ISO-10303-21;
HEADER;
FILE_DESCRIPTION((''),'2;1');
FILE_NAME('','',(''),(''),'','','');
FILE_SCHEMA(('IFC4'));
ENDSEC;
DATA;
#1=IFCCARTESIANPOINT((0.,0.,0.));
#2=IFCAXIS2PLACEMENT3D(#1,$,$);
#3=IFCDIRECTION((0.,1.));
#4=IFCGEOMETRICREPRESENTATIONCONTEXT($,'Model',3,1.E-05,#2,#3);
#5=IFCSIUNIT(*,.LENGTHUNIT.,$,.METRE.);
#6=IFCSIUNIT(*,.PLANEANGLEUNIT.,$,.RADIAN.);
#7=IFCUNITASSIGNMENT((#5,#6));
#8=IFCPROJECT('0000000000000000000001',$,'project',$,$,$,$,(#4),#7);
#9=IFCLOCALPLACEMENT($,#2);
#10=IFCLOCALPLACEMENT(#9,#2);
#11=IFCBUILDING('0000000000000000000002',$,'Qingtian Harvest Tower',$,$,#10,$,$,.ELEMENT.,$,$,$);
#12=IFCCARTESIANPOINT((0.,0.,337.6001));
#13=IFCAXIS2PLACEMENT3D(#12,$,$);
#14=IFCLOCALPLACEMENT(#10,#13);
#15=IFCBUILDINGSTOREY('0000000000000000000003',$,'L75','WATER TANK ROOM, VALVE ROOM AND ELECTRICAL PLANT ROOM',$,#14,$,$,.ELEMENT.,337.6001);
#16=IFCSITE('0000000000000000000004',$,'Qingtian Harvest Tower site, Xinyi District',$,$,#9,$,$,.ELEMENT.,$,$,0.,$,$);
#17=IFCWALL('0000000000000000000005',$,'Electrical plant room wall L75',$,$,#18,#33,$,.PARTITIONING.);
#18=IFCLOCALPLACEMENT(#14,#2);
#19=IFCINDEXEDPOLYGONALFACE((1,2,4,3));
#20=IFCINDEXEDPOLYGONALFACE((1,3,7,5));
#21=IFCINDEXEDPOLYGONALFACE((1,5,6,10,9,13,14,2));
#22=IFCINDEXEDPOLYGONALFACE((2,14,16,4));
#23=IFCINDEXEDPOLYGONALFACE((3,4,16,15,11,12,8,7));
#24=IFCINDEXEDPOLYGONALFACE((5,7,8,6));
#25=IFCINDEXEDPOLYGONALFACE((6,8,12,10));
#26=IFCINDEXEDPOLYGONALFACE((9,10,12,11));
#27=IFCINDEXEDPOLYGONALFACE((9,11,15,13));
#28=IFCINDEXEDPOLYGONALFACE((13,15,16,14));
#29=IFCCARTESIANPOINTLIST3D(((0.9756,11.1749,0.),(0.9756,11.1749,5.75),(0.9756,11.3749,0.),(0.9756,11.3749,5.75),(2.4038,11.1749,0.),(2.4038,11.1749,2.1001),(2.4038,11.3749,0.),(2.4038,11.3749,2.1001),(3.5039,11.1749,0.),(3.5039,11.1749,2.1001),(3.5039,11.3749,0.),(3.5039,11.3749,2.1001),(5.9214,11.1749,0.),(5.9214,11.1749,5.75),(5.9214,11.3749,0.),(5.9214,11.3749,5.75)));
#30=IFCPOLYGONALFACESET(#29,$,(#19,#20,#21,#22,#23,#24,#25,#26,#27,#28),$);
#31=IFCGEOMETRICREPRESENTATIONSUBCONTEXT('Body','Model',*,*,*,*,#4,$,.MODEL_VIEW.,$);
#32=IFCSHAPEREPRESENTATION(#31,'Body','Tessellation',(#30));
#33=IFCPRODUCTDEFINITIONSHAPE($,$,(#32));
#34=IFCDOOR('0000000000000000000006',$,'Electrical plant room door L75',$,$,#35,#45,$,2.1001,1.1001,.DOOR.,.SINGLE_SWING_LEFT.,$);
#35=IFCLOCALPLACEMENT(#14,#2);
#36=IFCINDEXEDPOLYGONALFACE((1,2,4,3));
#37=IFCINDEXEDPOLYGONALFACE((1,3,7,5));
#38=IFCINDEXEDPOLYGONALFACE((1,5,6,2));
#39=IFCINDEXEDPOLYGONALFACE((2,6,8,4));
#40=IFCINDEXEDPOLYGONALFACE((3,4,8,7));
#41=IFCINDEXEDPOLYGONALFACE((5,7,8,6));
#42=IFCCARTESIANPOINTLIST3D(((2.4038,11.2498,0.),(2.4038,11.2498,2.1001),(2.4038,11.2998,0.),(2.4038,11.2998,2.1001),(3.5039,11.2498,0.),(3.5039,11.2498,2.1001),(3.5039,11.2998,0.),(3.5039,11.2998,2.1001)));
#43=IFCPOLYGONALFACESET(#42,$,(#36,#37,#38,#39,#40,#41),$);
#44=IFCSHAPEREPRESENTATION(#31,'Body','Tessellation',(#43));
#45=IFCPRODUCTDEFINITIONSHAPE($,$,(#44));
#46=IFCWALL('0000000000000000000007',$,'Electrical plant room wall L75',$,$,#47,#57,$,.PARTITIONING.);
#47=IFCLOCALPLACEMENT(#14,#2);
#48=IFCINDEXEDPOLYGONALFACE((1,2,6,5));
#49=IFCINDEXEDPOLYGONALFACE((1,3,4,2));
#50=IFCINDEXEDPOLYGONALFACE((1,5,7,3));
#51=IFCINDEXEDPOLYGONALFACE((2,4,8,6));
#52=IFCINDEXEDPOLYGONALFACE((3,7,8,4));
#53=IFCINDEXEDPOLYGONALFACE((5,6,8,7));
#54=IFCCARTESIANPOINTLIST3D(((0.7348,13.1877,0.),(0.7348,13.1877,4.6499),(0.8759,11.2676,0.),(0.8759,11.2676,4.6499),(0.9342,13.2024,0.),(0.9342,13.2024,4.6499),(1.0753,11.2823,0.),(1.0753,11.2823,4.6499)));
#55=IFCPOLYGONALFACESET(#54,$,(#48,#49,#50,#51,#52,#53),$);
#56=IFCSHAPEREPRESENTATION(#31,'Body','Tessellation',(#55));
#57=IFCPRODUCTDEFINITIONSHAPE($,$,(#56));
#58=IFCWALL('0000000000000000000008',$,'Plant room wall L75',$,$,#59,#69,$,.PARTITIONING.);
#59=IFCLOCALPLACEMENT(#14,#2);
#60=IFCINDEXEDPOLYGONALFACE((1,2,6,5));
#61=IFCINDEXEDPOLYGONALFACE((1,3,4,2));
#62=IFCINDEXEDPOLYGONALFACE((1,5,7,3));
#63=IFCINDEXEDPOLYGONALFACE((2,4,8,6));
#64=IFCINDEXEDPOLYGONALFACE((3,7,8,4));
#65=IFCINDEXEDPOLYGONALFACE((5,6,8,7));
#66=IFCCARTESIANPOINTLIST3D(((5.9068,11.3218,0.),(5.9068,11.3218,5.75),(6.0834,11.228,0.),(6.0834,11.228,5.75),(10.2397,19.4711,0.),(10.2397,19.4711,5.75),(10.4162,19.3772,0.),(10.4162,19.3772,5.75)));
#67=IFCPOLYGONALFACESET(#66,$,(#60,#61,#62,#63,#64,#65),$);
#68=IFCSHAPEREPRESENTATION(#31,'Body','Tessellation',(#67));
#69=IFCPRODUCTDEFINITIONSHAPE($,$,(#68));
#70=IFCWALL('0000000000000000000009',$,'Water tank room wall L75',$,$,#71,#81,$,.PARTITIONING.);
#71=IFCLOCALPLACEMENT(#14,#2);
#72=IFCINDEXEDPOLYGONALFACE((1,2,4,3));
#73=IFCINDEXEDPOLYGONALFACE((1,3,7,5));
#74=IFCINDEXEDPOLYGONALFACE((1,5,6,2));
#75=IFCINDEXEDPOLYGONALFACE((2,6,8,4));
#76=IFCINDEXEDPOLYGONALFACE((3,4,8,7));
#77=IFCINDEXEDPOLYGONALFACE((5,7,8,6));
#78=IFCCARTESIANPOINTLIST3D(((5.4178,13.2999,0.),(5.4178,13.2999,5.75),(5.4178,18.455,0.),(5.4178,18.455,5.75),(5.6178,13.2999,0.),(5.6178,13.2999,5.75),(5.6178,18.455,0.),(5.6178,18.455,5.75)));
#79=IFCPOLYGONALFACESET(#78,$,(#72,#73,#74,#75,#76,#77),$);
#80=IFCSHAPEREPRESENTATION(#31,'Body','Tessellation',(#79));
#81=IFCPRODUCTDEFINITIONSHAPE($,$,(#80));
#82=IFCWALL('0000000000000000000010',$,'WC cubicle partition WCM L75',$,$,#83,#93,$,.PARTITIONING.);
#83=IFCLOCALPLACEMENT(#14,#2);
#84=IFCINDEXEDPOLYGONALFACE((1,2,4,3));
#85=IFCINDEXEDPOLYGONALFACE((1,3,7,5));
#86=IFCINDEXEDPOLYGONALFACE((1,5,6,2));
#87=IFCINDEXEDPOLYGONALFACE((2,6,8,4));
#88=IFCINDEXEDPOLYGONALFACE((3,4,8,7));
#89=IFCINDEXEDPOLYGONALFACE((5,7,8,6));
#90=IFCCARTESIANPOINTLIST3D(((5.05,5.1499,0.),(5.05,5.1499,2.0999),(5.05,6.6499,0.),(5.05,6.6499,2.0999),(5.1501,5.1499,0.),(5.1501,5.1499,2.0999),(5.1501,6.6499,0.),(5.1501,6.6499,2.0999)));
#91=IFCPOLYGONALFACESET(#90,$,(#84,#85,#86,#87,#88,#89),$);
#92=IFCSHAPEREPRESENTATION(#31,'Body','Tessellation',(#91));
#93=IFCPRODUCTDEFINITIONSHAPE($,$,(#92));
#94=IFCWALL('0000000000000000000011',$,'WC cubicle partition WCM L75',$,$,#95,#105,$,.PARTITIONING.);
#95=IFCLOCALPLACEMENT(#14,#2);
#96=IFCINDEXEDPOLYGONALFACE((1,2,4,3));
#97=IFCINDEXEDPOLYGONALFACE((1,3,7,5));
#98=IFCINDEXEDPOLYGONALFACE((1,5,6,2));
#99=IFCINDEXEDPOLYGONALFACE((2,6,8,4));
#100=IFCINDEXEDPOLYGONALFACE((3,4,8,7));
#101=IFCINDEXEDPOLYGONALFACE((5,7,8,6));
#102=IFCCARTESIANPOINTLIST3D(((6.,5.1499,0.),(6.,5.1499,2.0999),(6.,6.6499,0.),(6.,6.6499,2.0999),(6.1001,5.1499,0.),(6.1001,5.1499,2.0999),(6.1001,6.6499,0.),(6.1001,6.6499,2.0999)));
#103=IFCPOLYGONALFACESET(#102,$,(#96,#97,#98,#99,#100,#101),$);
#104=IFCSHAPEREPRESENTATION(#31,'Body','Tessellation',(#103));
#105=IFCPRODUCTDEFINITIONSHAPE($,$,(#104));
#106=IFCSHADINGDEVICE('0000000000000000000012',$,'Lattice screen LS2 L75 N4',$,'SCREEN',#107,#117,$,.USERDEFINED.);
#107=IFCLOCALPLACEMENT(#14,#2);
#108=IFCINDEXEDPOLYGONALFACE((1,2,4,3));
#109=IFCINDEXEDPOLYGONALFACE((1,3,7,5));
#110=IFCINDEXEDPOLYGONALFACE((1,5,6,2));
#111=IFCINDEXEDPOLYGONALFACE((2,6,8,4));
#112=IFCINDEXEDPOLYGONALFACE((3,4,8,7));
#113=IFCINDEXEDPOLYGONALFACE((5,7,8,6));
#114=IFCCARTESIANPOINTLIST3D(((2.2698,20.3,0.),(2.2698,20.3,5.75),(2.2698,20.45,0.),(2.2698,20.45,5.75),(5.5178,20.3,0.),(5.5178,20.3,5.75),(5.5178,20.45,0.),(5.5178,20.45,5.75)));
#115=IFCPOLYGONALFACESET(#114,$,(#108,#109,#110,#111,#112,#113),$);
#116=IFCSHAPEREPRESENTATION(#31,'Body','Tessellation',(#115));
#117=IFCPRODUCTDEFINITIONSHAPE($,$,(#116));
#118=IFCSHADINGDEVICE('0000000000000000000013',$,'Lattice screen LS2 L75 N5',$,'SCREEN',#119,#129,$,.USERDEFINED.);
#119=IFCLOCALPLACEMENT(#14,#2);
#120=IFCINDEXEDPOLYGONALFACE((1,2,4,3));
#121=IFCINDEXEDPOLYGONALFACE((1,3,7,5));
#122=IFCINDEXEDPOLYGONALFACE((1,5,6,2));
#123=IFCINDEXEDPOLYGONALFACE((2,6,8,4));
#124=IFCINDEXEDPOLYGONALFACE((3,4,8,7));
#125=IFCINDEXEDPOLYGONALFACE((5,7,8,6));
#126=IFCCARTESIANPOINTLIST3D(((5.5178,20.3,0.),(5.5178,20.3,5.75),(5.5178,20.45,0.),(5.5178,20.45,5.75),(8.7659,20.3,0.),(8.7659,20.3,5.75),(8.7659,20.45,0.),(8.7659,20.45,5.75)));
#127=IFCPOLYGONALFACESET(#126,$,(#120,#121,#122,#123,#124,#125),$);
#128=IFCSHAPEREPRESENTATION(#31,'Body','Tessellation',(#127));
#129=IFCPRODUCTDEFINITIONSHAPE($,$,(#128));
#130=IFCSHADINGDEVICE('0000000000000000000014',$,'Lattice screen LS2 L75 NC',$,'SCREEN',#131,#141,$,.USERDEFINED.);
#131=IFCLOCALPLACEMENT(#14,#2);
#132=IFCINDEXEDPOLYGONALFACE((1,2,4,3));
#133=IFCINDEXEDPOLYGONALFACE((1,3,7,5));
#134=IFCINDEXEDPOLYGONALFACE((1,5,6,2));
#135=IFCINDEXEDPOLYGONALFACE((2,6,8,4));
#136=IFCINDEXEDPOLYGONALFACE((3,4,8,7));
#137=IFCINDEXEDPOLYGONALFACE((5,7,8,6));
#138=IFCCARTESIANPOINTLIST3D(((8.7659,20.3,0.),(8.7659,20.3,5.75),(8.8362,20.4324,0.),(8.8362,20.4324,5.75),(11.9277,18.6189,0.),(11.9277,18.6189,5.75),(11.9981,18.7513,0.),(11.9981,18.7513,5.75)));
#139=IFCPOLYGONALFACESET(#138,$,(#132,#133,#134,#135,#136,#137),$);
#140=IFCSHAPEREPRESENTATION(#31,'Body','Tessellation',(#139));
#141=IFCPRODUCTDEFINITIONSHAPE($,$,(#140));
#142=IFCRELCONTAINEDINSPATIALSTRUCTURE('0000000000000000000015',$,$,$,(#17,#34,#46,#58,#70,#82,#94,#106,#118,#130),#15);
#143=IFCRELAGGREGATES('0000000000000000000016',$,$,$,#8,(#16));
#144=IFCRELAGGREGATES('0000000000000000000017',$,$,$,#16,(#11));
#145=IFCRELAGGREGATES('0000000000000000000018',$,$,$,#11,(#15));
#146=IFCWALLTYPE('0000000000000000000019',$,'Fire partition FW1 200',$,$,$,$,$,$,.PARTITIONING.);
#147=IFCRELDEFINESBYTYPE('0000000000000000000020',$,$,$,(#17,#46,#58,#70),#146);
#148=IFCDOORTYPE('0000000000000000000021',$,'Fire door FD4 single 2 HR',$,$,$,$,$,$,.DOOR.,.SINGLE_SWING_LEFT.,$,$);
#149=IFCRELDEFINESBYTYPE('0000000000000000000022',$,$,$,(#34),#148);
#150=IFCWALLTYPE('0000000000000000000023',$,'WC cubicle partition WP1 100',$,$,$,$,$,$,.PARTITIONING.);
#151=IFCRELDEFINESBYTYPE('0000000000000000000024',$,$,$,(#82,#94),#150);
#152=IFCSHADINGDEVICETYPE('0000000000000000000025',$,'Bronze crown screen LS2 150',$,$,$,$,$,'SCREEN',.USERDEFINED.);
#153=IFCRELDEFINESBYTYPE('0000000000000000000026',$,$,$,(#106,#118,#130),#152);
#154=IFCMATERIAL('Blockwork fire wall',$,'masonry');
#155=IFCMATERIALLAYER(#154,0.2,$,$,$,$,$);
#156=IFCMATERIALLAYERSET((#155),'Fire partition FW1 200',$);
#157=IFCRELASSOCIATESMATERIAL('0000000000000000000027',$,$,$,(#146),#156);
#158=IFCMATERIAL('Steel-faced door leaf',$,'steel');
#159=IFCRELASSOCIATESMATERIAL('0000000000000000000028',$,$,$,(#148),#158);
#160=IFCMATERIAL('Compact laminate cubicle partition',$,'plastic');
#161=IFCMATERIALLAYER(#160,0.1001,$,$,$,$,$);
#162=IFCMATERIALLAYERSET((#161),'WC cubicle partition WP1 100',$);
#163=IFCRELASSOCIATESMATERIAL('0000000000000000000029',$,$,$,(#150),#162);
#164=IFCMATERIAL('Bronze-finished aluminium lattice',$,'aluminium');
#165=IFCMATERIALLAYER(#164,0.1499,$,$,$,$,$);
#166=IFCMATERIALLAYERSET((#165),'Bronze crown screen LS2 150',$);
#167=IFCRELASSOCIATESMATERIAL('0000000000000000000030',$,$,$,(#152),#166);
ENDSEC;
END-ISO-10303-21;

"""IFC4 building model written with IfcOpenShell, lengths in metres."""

from ifc_helpers import new_model, si_unit, direction, frame, frame_2d, origin, place, context, subcontext, project, spatial, polyline, rectangle, outline, extrude, material, layer, layer_set, type_object, element, fill, save


model = new_model("IFC4")

# Units and contexts
model_context = context("Model", 3, precision=1e-05, world=origin(), true_north=direction((0.0, 1.0)))
body_context = subcontext(model_context, "Body", "Model", "MODEL_VIEW")
ifc_project = project(units=[si_unit("LENGTHUNIT", "METRE"), si_unit("PLANEANGLEUNIT", "RADIAN")], contexts=[model_context])

# Site, building, storey
site_placement = place(None, origin())
site = spatial("IfcSite", under=ifc_project, at=site_placement, Name="Qingtian Harvest Tower site, Xinyi District", CompositionType="ELEMENT", RefElevation=0.0)
building_placement = place(site_placement, origin())
building = spatial("IfcBuilding", under=site, at=building_placement, Name="Qingtian Harvest Tower", CompositionType="ELEMENT")
storey_placement = place(building_placement, frame((0.0, 0.0, 337.6001)))
storey = spatial("IfcBuildingStorey", under=building, at=storey_placement, Name="L75", Description="WATER TANK ROOM, VALVE ROOM AND ELECTRICAL PLANT ROOM", CompositionType="ELEMENT", Elevation=337.6001)

# Shared definitions
ifc_material_1 = material(Name="Blockwork fire wall", Category="masonry")
ifc_layer_1 = layer(ifc_material_1, 0.2)
ifc_layer_set_1 = layer_set([ifc_layer_1], Name="Fire partition FW1 200")
wall_type_1 = type_object("IfcWallType", Name="Fire partition FW1 200", PredefinedType="PARTITIONING", material=ifc_layer_set_1)

# Wall, opening, door
ifc_material_2 = material(Name="Steel-faced door leaf", Category="steel")
door_type = type_object("IfcDoorType", Name="Fire door FD4 single 2 HR", OperationType="SINGLE_SWING_LEFT", PredefinedType="DOOR", material=ifc_material_2)
wall_1_placement = place(storey_placement, frame((0.9756, 11.2749, 0.0), z_axis=(0.0, 0.0, 1.0), x_axis=(1.0, 0.0, 0.0)))
wall_1 = element("IfcWall", 1, at=wall_1_placement, inside=storey, type_object=wall_type_1, Name="Electrical plant room wall L75", PredefinedType="PARTITIONING", context=body_context, shape_type="SweptSolid", body=[
    extrude(rectangle(XDim=4.9458, YDim=0.2, at=frame_2d((2.4729, 0.0))), origin(), (0.0, 0.0, 1.0), 5.75),
])
opening_1_placement = place(wall_1_placement, frame((1.4282, 0.0, 0.0)))
opening_1 = element("IfcOpeningElement", 2, at=opening_1_placement, cuts=wall_1, PredefinedType="OPENING", context=body_context, shape_type="SweptSolid", body=[
    extrude(rectangle(XDim=1.1001, YDim=2.1001, at=frame_2d((0.55, 1.05))), frame((0.0, 0.1099, 0.0), z_axis=(0.0, -1.0, 0.0), x_axis=(1.0, 0.0, 0.0)), (0.0, 0.0, 1.0), 0.22),
])
door_1_placement = place(opening_1_placement, origin())
door_1 = element("IfcDoor", 3, at=door_1_placement, inside=storey, type_object=door_type, Name="Electrical plant room door L75", OperationType="SINGLE_SWING_LEFT", OverallHeight=2.1001, OverallWidth=1.1001, PredefinedType="DOOR", context=body_context, shape_type="SweptSolid", body=[
    extrude(rectangle(XDim=1.1001, YDim=2.1001, at=frame_2d((0.55, 1.05))), frame((0.0, 0.0249, 0.0), z_axis=(0.0, -1.0, 0.0), x_axis=(1.0, 0.0, 0.0)), (0.0, 0.0, 1.0), 0.05),
])
fill(opening_1, door_1)

# Walls
wall_2_placement = place(storey_placement, frame((0.8345, 13.1951, 0.0), z_axis=(0.0, 0.0, 1.0), x_axis=(0.073292, -0.99731, 0.0)))
element("IfcWall", 4, at=wall_2_placement, inside=storey, type_object=wall_type_1, Name="Electrical plant room wall L75", PredefinedType="PARTITIONING", context=body_context, shape_type="SweptSolid", body=[
    extrude(rectangle(XDim=1.9253, YDim=0.2, at=frame_2d((0.9626, 0.0))), origin(), (0.0, 0.0, 1.0), 4.6499),
])
wall_3_placement = place(storey_placement, frame((5.9951, 11.2749, 0.0), z_axis=(0.0, 0.0, 1.0), x_axis=(0.469452, 0.882958, 0.0)))
element("IfcWall", 5, at=wall_3_placement, inside=storey, type_object=wall_type_1, Name="Plant room wall L75", PredefinedType="PARTITIONING", context=body_context, shape_type="SweptSolid", body=[
    extrude(rectangle(XDim=9.2295, YDim=0.2, at=frame_2d((4.6147, 0.0))), origin(), (0.0, 0.0, 1.0), 5.75),
])
wall_4_placement = place(storey_placement, frame((5.5178, 18.4551, 0.0), z_axis=(0.0, 0.0, 1.0), x_axis=(0.0, -1.0, 0.0)))
element("IfcWall", 6, at=wall_4_placement, inside=storey, type_object=wall_type_1, Name="Water tank room wall L75", PredefinedType="PARTITIONING", context=body_context, shape_type="SweptSolid", body=[
    extrude(rectangle(XDim=5.155, YDim=0.2, at=frame_2d((2.5776, 0.0))), origin(), (0.0, 0.0, 1.0), 5.75),
])
ifc_material_3 = material(Name="Compact laminate cubicle partition", Category="plastic")
ifc_layer_2 = layer(ifc_material_3, 0.1001)
ifc_layer_set_2 = layer_set([ifc_layer_2], Name="WC cubicle partition WP1 100")
wall_type_2 = type_object("IfcWallType", Name="WC cubicle partition WP1 100", PredefinedType="PARTITIONING", material=ifc_layer_set_2)
for number, where, z_axis, x_axis, name in (
    (7, (5.1001, 5.1499, 0.0), (0.0, 0.0, 1.0), (0.0, 1.0, 0.0), "WC cubicle partition WCM L75"),
    (8, (6.05, 5.1499, 0.0), (0.0, 0.0, 1.0), (0.0, 1.0, 0.0), "WC cubicle partition WCM L75"),
):
    element("IfcWall", number, at=place(storey_placement, frame(where, z_axis=z_axis, x_axis=x_axis)), inside=storey, type_object=wall_type_2, Name=name, PredefinedType="PARTITIONING", context=body_context, shape_type="SweptSolid", body=[
        extrude(rectangle(XDim=1.5, YDim=0.1001, at=frame_2d((0.75, 0.0))), origin(), (0.0, 0.0, 1.0), 2.0999),
    ])

# Shading devices
ifc_material_4 = material(Name="Bronze-finished aluminium lattice", Category="aluminium")
ifc_layer_3 = layer(ifc_material_4, 0.1499)
ifc_layer_set_3 = layer_set([ifc_layer_3], Name="Bronze crown screen LS2 150")
shading_device_type = type_object("IfcShadingDeviceType", Name="Bronze crown screen LS2 150", ElementType="SCREEN", PredefinedType="USERDEFINED", material=ifc_layer_set_3)
for number, where, z_axis, x_axis, name in (
    (9, (2.2698, 20.3, 0.0), (0.0, -1.0, 0.0), (1.0, 0.0, 0.0), "Lattice screen LS2 L75 N4"),
    (10, (5.5178, 20.3, 0.0), (0.0, -1.0, 0.0), (1.0, 0.0, 0.0), "Lattice screen LS2 L75 N5"),
):
    element("IfcShadingDevice", number, at=place(storey_placement, frame(where, z_axis=z_axis, x_axis=x_axis)), inside=storey, type_object=shading_device_type, Name=name, ObjectType="SCREEN", PredefinedType="USERDEFINED", context=body_context, shape_type="SweptSolid", body=[
        extrude(outline(polyline([(0.0, 0.0), (3.248, 0.0), (3.248, 5.75), (0.0, 5.75), (0.0, 0.0)])), origin(), (0.0, 0.0, -1.0), 0.1499),
    ])
shading_device_placement = place(storey_placement, frame((8.7659, 20.3, 0.0), z_axis=(-0.469463, -0.882952, 0.0), x_axis=(0.882952, -0.469463, 0.0)))
element("IfcShadingDevice", 11, at=shading_device_placement, inside=storey, type_object=shading_device_type, Name="Lattice screen LS2 L75 NC", ObjectType="SCREEN", PredefinedType="USERDEFINED", context=body_context, shape_type="SweptSolid", body=[
    extrude(outline(polyline([(0.0, 0.0), (3.581, 0.0), (3.581, 5.75), (0.0, 5.75), (0.0, 0.0)])), origin(), (0.0, 0.0, -1.0), 0.1499),
])

save(model, "model.ifc")
